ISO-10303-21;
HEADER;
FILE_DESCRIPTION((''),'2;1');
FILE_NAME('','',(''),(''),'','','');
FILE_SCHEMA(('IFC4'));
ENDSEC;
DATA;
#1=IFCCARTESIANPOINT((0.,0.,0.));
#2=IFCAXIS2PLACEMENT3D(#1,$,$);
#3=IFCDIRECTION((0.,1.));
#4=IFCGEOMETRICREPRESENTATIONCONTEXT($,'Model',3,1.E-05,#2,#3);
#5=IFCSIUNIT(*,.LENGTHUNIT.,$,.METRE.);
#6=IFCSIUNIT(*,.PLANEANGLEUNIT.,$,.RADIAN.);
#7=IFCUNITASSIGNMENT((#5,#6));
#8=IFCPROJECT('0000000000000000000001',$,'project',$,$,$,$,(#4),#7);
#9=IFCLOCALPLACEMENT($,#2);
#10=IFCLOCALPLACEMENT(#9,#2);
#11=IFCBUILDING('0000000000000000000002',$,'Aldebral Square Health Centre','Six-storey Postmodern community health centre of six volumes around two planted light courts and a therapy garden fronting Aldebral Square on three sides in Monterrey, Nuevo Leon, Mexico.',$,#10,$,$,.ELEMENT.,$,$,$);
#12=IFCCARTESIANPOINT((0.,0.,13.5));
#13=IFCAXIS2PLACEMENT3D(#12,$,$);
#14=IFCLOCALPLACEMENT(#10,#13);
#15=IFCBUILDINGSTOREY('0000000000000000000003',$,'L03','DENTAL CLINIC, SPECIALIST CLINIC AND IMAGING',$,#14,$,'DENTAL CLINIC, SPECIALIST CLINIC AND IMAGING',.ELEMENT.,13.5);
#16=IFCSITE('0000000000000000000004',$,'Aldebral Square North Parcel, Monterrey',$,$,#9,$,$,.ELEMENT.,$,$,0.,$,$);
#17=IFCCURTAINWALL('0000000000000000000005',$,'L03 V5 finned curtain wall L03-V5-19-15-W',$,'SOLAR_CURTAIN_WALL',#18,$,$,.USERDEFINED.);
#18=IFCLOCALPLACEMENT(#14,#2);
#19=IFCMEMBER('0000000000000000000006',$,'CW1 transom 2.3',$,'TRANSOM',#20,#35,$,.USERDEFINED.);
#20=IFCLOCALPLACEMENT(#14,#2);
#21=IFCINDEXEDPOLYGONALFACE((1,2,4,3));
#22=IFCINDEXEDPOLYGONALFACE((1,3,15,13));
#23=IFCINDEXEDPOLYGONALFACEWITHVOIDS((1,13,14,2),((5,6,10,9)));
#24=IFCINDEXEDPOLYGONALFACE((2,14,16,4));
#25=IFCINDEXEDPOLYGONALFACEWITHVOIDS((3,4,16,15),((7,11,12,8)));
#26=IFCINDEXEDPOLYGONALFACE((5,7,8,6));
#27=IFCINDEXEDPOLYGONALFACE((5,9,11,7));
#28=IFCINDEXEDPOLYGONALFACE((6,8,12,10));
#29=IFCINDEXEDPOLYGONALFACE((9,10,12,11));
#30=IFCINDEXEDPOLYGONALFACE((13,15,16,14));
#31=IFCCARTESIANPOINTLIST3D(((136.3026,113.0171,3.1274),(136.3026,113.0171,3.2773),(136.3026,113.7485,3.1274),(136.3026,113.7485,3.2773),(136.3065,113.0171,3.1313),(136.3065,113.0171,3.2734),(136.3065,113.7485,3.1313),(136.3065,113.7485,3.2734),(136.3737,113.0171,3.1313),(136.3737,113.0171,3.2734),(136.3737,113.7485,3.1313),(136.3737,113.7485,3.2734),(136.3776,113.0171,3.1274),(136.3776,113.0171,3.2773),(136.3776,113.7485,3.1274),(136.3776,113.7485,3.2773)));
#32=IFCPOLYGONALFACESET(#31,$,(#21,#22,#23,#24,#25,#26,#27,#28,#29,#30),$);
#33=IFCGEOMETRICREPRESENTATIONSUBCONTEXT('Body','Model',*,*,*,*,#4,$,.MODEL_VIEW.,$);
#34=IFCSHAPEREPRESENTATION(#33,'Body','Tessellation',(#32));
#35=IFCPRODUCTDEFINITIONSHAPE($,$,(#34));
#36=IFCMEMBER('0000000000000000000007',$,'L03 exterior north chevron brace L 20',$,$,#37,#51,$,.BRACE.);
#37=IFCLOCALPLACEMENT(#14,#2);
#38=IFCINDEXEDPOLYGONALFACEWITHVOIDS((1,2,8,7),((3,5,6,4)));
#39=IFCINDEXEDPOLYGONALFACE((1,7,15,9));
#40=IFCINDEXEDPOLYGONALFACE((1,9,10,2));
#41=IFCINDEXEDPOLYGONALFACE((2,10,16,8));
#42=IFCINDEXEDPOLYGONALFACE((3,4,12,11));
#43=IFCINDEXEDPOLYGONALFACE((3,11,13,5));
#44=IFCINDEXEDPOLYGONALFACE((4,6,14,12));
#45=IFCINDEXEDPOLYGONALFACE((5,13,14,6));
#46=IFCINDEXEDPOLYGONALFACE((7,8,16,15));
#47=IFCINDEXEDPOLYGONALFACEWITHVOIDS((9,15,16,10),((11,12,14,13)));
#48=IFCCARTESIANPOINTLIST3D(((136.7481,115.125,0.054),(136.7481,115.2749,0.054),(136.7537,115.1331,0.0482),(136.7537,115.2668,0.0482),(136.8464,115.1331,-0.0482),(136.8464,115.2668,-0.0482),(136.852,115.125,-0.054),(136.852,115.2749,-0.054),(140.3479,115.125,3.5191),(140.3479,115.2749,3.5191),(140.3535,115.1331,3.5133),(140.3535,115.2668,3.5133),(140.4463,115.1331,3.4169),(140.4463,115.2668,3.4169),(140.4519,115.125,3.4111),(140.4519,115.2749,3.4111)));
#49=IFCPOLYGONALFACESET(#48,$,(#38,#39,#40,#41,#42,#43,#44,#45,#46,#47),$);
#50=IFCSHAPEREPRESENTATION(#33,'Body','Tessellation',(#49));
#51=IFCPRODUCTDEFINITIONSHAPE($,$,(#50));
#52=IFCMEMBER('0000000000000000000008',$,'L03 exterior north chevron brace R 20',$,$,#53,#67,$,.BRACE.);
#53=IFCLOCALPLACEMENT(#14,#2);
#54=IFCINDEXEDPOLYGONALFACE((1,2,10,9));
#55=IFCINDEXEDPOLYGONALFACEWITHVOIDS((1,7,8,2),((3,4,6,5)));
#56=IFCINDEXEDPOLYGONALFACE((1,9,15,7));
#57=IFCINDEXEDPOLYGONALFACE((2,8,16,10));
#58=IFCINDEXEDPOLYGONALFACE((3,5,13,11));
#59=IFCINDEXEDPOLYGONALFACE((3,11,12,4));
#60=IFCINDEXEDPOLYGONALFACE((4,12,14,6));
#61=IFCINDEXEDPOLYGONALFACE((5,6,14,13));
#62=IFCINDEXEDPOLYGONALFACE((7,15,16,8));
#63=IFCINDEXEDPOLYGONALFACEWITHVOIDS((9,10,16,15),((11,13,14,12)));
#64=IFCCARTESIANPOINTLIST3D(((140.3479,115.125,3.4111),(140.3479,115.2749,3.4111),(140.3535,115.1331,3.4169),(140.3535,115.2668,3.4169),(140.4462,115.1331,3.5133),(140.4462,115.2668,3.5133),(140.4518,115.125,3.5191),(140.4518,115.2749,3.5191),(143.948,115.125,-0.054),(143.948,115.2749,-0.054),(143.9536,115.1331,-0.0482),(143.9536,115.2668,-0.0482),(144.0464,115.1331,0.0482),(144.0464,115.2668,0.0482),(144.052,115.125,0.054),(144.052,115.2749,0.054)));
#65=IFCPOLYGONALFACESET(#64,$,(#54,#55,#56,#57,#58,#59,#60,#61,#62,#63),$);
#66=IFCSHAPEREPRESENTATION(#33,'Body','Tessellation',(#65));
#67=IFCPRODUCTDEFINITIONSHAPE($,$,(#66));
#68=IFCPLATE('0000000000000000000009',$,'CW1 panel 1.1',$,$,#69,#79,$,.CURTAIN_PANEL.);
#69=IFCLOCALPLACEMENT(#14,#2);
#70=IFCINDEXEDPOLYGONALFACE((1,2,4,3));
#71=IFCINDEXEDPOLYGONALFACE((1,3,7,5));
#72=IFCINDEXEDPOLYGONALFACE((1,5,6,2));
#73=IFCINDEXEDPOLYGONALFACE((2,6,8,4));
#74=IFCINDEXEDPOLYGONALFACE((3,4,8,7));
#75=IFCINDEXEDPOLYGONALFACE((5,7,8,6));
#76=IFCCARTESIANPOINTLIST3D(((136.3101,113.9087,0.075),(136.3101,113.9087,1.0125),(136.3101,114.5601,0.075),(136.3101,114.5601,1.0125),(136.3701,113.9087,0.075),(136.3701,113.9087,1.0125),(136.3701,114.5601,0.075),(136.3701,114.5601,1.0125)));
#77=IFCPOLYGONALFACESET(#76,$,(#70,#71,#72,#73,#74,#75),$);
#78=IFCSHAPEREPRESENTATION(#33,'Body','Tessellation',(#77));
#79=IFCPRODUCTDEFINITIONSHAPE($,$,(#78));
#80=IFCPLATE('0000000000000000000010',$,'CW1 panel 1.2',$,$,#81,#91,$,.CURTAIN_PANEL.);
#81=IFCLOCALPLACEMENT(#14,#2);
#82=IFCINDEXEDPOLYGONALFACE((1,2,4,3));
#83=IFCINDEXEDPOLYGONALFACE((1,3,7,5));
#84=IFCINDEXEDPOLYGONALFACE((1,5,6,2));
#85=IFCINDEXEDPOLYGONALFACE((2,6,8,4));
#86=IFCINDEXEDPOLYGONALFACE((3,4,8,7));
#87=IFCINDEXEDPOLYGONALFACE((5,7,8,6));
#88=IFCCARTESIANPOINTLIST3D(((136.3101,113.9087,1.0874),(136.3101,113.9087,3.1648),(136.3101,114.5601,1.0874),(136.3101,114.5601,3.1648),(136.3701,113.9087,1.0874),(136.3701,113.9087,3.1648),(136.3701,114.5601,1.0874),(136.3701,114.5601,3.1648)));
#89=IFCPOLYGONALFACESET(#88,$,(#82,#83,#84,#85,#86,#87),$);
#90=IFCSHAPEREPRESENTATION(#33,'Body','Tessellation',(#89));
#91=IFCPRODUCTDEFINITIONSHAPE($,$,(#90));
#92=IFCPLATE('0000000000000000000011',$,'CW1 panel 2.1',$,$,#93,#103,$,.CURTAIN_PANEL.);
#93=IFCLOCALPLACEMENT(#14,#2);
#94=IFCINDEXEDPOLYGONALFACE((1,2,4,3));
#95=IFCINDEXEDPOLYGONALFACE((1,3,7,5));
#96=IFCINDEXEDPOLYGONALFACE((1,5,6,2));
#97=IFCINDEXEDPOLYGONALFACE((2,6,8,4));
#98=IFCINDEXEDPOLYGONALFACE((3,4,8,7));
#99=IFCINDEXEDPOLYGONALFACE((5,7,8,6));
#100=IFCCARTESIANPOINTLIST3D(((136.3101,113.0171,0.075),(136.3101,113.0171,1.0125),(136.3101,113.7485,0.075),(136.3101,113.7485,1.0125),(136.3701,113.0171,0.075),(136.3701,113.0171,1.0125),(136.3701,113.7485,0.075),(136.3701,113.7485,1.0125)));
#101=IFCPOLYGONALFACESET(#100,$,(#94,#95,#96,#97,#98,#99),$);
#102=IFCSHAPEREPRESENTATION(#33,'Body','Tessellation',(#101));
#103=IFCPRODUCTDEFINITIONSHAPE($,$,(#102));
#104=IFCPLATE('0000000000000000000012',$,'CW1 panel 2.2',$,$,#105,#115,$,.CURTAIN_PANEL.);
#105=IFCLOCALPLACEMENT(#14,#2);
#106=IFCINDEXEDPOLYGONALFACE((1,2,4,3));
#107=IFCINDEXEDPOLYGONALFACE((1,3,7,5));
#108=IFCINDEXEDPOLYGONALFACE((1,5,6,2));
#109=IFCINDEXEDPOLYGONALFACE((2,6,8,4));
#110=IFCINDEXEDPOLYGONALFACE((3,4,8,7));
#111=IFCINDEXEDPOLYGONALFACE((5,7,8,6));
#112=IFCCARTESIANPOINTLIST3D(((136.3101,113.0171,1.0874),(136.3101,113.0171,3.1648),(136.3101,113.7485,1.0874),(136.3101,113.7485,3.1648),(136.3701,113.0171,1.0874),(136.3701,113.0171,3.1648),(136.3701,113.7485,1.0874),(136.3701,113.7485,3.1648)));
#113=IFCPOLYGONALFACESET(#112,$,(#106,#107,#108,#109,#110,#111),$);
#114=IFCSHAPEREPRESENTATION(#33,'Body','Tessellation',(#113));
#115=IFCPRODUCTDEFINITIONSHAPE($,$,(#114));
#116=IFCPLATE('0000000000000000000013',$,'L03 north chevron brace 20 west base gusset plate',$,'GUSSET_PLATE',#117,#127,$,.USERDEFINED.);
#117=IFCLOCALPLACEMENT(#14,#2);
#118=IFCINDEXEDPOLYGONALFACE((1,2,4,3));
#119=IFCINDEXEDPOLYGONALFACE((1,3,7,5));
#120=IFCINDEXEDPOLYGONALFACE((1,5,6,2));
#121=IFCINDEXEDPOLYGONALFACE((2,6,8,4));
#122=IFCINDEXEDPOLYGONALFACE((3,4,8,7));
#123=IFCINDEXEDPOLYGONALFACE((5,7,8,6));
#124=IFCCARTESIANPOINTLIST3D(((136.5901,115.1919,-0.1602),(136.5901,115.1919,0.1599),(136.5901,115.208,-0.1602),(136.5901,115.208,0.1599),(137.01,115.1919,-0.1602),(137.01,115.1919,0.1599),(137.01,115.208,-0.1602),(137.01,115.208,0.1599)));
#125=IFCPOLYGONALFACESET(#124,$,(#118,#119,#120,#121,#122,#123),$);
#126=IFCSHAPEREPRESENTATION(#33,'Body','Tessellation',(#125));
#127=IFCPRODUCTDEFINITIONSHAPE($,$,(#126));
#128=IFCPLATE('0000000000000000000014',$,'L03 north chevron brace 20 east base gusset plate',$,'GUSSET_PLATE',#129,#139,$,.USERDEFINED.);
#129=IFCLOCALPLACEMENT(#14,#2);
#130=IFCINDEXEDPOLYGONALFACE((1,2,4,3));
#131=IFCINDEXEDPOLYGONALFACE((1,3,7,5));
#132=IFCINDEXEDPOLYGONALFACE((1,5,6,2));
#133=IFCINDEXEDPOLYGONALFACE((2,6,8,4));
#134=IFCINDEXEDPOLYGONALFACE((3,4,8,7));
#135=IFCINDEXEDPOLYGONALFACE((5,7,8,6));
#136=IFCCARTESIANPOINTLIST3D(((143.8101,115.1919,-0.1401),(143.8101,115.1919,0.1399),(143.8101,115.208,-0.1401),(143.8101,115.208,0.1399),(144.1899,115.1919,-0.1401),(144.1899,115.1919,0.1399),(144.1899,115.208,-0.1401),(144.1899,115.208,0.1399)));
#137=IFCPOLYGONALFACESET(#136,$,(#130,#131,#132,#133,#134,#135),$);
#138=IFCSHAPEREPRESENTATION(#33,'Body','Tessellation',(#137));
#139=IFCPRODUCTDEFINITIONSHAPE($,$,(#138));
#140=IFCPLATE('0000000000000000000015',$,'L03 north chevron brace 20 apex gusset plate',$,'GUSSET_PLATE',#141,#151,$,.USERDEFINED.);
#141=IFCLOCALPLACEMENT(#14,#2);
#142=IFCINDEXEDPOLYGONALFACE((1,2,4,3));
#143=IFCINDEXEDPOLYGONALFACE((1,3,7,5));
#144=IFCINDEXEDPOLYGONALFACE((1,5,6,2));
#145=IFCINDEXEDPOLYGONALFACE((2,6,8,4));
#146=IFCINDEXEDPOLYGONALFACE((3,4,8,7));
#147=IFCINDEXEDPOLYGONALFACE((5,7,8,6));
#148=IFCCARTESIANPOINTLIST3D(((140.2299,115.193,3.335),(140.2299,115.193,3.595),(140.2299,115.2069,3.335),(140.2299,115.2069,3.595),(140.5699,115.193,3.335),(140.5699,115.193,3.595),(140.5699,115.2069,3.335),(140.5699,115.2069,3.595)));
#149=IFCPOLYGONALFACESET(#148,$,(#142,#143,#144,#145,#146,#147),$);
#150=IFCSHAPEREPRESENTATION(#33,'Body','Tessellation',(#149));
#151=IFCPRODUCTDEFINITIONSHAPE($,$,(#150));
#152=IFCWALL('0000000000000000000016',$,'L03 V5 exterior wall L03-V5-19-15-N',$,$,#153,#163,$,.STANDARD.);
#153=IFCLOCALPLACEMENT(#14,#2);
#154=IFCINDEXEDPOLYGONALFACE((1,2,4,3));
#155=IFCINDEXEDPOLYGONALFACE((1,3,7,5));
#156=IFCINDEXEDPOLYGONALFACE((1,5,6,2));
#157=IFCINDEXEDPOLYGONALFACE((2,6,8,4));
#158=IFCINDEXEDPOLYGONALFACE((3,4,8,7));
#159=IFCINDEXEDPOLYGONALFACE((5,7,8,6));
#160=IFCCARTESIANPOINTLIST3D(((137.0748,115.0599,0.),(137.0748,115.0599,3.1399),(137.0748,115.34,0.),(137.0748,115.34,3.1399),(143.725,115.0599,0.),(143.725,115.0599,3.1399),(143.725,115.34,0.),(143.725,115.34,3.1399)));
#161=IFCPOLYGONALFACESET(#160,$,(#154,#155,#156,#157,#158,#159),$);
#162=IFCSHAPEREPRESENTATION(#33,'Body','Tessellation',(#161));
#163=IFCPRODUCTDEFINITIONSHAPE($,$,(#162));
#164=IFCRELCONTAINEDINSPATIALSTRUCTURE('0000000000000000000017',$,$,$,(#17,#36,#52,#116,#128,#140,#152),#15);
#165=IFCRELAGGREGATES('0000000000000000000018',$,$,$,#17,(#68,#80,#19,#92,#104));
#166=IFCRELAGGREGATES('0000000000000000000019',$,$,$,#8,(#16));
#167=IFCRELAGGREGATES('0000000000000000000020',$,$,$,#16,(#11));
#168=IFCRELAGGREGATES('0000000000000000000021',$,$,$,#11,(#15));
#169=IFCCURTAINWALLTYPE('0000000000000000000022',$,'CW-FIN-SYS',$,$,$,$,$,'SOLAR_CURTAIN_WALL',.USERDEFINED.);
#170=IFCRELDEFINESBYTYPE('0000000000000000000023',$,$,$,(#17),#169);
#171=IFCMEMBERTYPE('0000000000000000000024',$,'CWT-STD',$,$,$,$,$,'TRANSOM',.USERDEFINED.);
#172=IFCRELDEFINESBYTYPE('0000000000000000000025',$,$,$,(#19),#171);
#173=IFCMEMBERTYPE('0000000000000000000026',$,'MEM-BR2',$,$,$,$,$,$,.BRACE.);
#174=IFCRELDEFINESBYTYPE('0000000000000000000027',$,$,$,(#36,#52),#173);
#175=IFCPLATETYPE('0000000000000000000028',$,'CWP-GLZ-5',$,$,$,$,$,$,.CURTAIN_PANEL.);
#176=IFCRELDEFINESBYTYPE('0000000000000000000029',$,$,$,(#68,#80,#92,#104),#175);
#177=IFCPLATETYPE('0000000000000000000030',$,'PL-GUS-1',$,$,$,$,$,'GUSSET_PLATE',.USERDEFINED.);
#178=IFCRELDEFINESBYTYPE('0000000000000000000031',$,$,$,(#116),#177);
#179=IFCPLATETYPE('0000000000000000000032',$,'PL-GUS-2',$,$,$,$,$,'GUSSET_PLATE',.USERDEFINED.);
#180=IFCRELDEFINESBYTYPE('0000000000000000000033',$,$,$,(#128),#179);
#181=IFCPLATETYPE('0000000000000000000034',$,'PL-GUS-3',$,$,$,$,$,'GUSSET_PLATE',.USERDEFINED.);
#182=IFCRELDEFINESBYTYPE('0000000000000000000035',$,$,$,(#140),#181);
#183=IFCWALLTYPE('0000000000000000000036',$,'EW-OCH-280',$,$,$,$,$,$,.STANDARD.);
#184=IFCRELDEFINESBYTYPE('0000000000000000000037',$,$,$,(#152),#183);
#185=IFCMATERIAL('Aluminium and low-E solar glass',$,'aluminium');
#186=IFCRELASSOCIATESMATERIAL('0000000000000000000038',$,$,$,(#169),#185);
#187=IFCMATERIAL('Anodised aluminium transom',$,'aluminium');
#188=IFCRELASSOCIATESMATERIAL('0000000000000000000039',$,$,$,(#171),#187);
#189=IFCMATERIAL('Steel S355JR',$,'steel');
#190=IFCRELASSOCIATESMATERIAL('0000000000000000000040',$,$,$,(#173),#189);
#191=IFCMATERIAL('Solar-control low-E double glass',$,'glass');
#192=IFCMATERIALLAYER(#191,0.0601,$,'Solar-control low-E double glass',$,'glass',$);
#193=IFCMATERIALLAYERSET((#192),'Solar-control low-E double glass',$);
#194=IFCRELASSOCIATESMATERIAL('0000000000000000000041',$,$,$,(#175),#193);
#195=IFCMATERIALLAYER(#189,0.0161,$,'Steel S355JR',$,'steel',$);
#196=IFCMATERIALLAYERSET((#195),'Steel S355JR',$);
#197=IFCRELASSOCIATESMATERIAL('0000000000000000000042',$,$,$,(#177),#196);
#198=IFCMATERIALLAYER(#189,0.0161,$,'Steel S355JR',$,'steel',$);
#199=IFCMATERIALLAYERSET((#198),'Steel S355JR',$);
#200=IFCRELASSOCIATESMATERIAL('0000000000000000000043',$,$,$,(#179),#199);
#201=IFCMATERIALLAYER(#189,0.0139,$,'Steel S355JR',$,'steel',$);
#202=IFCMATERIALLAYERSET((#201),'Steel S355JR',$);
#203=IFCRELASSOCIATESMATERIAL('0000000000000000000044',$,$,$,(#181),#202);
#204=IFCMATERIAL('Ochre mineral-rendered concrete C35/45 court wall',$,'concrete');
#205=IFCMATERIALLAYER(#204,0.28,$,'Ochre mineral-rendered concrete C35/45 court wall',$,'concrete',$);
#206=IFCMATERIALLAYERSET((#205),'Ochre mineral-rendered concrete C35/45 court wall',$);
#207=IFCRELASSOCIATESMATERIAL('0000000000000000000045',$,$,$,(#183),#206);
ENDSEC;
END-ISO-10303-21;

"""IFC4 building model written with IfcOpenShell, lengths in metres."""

from ifc_helpers import new_model, si_unit, direction, frame, frame_2d, origin, origin_2d, place, context, subcontext, project, spatial, rectangle, hollow_rectangle, extrude, material, layer, layer_set, material_profile, profile_set, type_object, element, aggregate, save


model = new_model("IFC4")

# Units and contexts
model_context = context("Model", 3, precision=1e-05, world=origin(), true_north=direction((0.0, 1.0)))
body_context = subcontext(model_context, "Body", "Model", "MODEL_VIEW")
ifc_project = project(units=[si_unit("LENGTHUNIT", "METRE"), si_unit("PLANEANGLEUNIT", "RADIAN")], contexts=[model_context])

# Site, building, storey
site_placement = place(None, origin())
site = spatial("IfcSite", under=ifc_project, at=site_placement, Name="Aldebral Square North Parcel, Monterrey", CompositionType="ELEMENT", RefElevation=0.0)
building_placement = place(site_placement, origin())
building = spatial("IfcBuilding", under=site, at=building_placement, Name="Aldebral Square Health Centre", Description="Six-storey Postmodern community health centre of six volumes around two planted light courts and a therapy garden fronting Aldebral Square on three sides in Monterrey, Nuevo Leon, Mexico.", CompositionType="ELEMENT")
storey_placement = place(building_placement, frame((0.0, 0.0, 13.5)))
storey = spatial("IfcBuildingStorey", under=building, at=storey_placement, Name="L03", Description="DENTAL CLINIC, SPECIALIST CLINIC AND IMAGING", LongName="DENTAL CLINIC, SPECIALIST CLINIC AND IMAGING", CompositionType="ELEMENT", Elevation=13.5)

# Curtain wall, member
ifc_material_1 = material(Name="Aluminium and low-E solar glass", Category="aluminium")
curtain_wall_type = type_object("IfcCurtainWallType", Name="CW-FIN-SYS", ElementType="SOLAR_CURTAIN_WALL", PredefinedType="USERDEFINED", material=ifc_material_1)
curtain_wall_placement = place(storey_placement, origin())
curtain_wall = element("IfcCurtainWall", 1, at=curtain_wall_placement, inside=storey, type_object=curtain_wall_type, Name="L03 V5 finned curtain wall L03-V5-19-15-W", ObjectType="SOLAR_CURTAIN_WALL", PredefinedType="USERDEFINED")
ifc_material_2 = material(Name="Anodised aluminium transom", Category="aluminium")
ifc_material_profile_1 = material_profile(ifc_material_2, hollow_rectangle(XDim=0.075, YDim=0.1499, WallThickness=0.0039, at=origin_2d()), Name="CWT 75x150x4")
ifc_profile_set_1 = profile_set([ifc_material_profile_1], Name="Anodised aluminium transom")
member_type_1 = type_object("IfcMemberType", Name="CWT-STD", ElementType="TRANSOM", PredefinedType="USERDEFINED", material=ifc_profile_set_1)
member_1_placement = place(storey_placement, frame((136.3401, 113.7485, 3.2024), z_axis=(0.0, -1.0, 0.0), x_axis=(1.0, 0.0, 0.0)))
member_1 = element("IfcMember", 2, at=member_1_placement, type_object=member_type_1, Name="CW1 transom 2.3", ObjectType="TRANSOM", PredefinedType="USERDEFINED", context=body_context, shape_type="SweptSolid", body=[
    extrude(hollow_rectangle(XDim=0.075, YDim=0.1499, WallThickness=0.0039, at=origin_2d()), origin(), (0.0, 0.0, 1.0), 0.7314),
])

# Members
ifc_material_3 = material(Name="Steel S355JR", Category="steel")
ifc_material_profile_2 = material_profile(ifc_material_3, hollow_rectangle(XDim=0.1499, YDim=0.1499, WallThickness=0.0081, at=origin_2d()), Name="150x150x8 SHS")
ifc_profile_set_2 = profile_set([ifc_material_profile_2], Name="Steel S355JR")
member_type_2 = type_object("IfcMemberType", Name="MEM-BR2", PredefinedType="BRACE", material=ifc_profile_set_2)
member_2_placement = place(storey_placement, frame((136.8, 115.2, 0.0), z_axis=(0.720464, 0.0, 0.693492), x_axis=(0.0, 1.0, 0.0)))
element("IfcMember", 3, at=member_2_placement, inside=storey, type_object=member_type_2, Name="L03 exterior north chevron brace L 20", PredefinedType="BRACE", context=body_context, shape_type="SweptSolid", body=[
    extrude(hollow_rectangle(XDim=0.1499, YDim=0.1499, WallThickness=0.0081, at=origin_2d()), origin(), (0.0, 0.0, 1.0), 4.9966),
])
member_3_placement = place(storey_placement, frame((144.0, 115.2, 0.0), z_axis=(-0.720487, 0.0, 0.693468), x_axis=(0.0, -1.0, 0.0)))
element("IfcMember", 4, at=member_3_placement, inside=storey, type_object=member_type_2, Name="L03 exterior north chevron brace R 20", PredefinedType="BRACE", context=body_context, shape_type="SweptSolid", body=[
    extrude(hollow_rectangle(XDim=0.1499, YDim=0.1499, WallThickness=0.0081, at=origin_2d()), origin(), (0.0, 0.0, 1.0), 4.9968),
])

# Plates
ifc_material_4 = material(Name="Solar-control low-E double glass", Category="glass")
ifc_layer_1 = layer(ifc_material_4, 0.0601, Name="Solar-control low-E double glass", Category="glass")
ifc_layer_set_1 = layer_set([ifc_layer_1], Name="Solar-control low-E double glass")
plate_type_1 = type_object("IfcPlateType", Name="CWP-GLZ-5", PredefinedType="CURTAIN_PANEL", material=ifc_layer_set_1)
plate_1_placement = place(storey_placement, frame((136.3401, 114.2344, 0.075), z_axis=(0.0, 0.0, 1.0), x_axis=(0.0, -1.0, 0.0)))
plate_1 = element("IfcPlate", 5, at=plate_1_placement, type_object=plate_type_1, Name="CW1 panel 1.1", PredefinedType="CURTAIN_PANEL", context=body_context, shape_type="SweptSolid", body=[
    extrude(rectangle(XDim=0.6514, YDim=0.0601, at=origin_2d()), origin(), (0.0, 0.0, 1.0), 0.9375),
])
plate_2_placement = place(storey_placement, frame((136.3401, 114.2344, 1.0874), z_axis=(0.0, 0.0, 1.0), x_axis=(0.0, -1.0, 0.0)))
plate_2 = element("IfcPlate", 6, at=plate_2_placement, type_object=plate_type_1, Name="CW1 panel 1.2", PredefinedType="CURTAIN_PANEL", context=body_context, shape_type="SweptSolid", body=[
    extrude(rectangle(XDim=0.6514, YDim=0.0601, at=origin_2d()), origin(), (0.0, 0.0, 1.0), 2.0774),
])
plate_3_placement = place(storey_placement, frame((136.3401, 113.3828, 0.075), z_axis=(0.0, 0.0, 1.0), x_axis=(0.0, -1.0, 0.0)))
plate_3 = element("IfcPlate", 7, at=plate_3_placement, type_object=plate_type_1, Name="CW1 panel 2.1", PredefinedType="CURTAIN_PANEL", context=body_context, shape_type="SweptSolid", body=[
    extrude(rectangle(XDim=0.7314, YDim=0.0601, at=origin_2d()), origin(), (0.0, 0.0, 1.0), 0.9375),
])
plate_4_placement = place(storey_placement, frame((136.3401, 113.3828, 1.0874), z_axis=(0.0, 0.0, 1.0), x_axis=(0.0, -1.0, 0.0)))
plate_4 = element("IfcPlate", 8, at=plate_4_placement, type_object=plate_type_1, Name="CW1 panel 2.2", PredefinedType="CURTAIN_PANEL", context=body_context, shape_type="SweptSolid", body=[
    extrude(rectangle(XDim=0.7314, YDim=0.0601, at=origin_2d()), origin(), (0.0, 0.0, 1.0), 2.0774),
])
aggregate(curtain_wall, [plate_1, plate_2, member_1, plate_3, plate_4])

# Plates
ifc_layer_2 = layer(ifc_material_3, 0.0161, Name="Steel S355JR", Category="steel")
ifc_layer_set_2 = layer_set([ifc_layer_2], Name="Steel S355JR")
plate_type_2 = type_object("IfcPlateType", Name="PL-GUS-1", ElementType="GUSSET_PLATE", PredefinedType="USERDEFINED", material=ifc_layer_set_2)
plate_5_placement = place(storey_placement, frame((136.8, 115.2, -0.1602), z_axis=(0.0, 0.0, 1.0), x_axis=(1.0, 0.0, 0.0)))
element("IfcPlate", 9, at=plate_5_placement, inside=storey, type_object=plate_type_2, Name="L03 north chevron brace 20 west base gusset plate", ObjectType="GUSSET_PLATE", PredefinedType="USERDEFINED", context=body_context, shape_type="SweptSolid", body=[
    extrude(rectangle(XDim=0.4199, YDim=0.0161, at=origin_2d()), origin(), (0.0, 0.0, 1.0), 0.3201),
])
ifc_layer_3 = layer(ifc_material_3, 0.0161, Name="Steel S355JR", Category="steel")
ifc_layer_set_3 = layer_set([ifc_layer_3], Name="Steel S355JR")
plate_type_3 = type_object("IfcPlateType", Name="PL-GUS-2", ElementType="GUSSET_PLATE", PredefinedType="USERDEFINED", material=ifc_layer_set_3)
plate_6_placement = place(storey_placement, frame((144.0, 115.2, -0.1401), z_axis=(0.0, 0.0, 1.0), x_axis=(1.0, 0.0, 0.0)))
element("IfcPlate", 10, at=plate_6_placement, inside=storey, type_object=plate_type_3, Name="L03 north chevron brace 20 east base gusset plate", ObjectType="GUSSET_PLATE", PredefinedType="USERDEFINED", context=body_context, shape_type="SweptSolid", body=[
    extrude(rectangle(XDim=0.3799, YDim=0.0161, at=origin_2d()), origin(), (0.0, 0.0, 1.0), 0.28),
])
ifc_layer_4 = layer(ifc_material_3, 0.0139, Name="Steel S355JR", Category="steel")
ifc_layer_set_4 = layer_set([ifc_layer_4], Name="Steel S355JR")
plate_type_4 = type_object("IfcPlateType", Name="PL-GUS-3", ElementType="GUSSET_PLATE", PredefinedType="USERDEFINED", material=ifc_layer_set_4)
plate_7_placement = place(storey_placement, frame((140.3999, 115.2, 3.335), z_axis=(0.0, 0.0, 1.0), x_axis=(1.0, 0.0, 0.0)))
element("IfcPlate", 11, at=plate_7_placement, inside=storey, type_object=plate_type_4, Name="L03 north chevron brace 20 apex gusset plate", ObjectType="GUSSET_PLATE", PredefinedType="USERDEFINED", context=body_context, shape_type="SweptSolid", body=[
    extrude(rectangle(XDim=0.3401, YDim=0.0139, at=origin_2d()), origin(), (0.0, 0.0, 1.0), 0.26),
])

# Wall
ifc_material_5 = material(Name="Ochre mineral-rendered concrete C35/45 court wall", Category="concrete")
ifc_layer_5 = layer(ifc_material_5, 0.28, Name="Ochre mineral-rendered concrete C35/45 court wall", Category="concrete")
ifc_layer_set_5 = layer_set([ifc_layer_5], Name="Ochre mineral-rendered concrete C35/45 court wall")
wall_type_1 = type_object("IfcWallType", Name="EW-OCH-280", PredefinedType="STANDARD", material=ifc_layer_set_5)
wall_1_placement = place(storey_placement, frame((143.7251, 115.2, 0.0), z_axis=(0.0, 0.0, 1.0), x_axis=(-1.0, 0.0, 0.0)))
element("IfcWall", 12, at=wall_1_placement, inside=storey, type_object=wall_type_1, Name="L03 V5 exterior wall L03-V5-19-15-N", PredefinedType="STANDARD", context=body_context, shape_type="SweptSolid", body=[
    extrude(rectangle(XDim=6.6501, YDim=0.28, at=frame_2d((3.3252, 0.0))), origin(), (0.0, 0.0, 1.0), 3.1399),
])

save(model, "model.ifc")
